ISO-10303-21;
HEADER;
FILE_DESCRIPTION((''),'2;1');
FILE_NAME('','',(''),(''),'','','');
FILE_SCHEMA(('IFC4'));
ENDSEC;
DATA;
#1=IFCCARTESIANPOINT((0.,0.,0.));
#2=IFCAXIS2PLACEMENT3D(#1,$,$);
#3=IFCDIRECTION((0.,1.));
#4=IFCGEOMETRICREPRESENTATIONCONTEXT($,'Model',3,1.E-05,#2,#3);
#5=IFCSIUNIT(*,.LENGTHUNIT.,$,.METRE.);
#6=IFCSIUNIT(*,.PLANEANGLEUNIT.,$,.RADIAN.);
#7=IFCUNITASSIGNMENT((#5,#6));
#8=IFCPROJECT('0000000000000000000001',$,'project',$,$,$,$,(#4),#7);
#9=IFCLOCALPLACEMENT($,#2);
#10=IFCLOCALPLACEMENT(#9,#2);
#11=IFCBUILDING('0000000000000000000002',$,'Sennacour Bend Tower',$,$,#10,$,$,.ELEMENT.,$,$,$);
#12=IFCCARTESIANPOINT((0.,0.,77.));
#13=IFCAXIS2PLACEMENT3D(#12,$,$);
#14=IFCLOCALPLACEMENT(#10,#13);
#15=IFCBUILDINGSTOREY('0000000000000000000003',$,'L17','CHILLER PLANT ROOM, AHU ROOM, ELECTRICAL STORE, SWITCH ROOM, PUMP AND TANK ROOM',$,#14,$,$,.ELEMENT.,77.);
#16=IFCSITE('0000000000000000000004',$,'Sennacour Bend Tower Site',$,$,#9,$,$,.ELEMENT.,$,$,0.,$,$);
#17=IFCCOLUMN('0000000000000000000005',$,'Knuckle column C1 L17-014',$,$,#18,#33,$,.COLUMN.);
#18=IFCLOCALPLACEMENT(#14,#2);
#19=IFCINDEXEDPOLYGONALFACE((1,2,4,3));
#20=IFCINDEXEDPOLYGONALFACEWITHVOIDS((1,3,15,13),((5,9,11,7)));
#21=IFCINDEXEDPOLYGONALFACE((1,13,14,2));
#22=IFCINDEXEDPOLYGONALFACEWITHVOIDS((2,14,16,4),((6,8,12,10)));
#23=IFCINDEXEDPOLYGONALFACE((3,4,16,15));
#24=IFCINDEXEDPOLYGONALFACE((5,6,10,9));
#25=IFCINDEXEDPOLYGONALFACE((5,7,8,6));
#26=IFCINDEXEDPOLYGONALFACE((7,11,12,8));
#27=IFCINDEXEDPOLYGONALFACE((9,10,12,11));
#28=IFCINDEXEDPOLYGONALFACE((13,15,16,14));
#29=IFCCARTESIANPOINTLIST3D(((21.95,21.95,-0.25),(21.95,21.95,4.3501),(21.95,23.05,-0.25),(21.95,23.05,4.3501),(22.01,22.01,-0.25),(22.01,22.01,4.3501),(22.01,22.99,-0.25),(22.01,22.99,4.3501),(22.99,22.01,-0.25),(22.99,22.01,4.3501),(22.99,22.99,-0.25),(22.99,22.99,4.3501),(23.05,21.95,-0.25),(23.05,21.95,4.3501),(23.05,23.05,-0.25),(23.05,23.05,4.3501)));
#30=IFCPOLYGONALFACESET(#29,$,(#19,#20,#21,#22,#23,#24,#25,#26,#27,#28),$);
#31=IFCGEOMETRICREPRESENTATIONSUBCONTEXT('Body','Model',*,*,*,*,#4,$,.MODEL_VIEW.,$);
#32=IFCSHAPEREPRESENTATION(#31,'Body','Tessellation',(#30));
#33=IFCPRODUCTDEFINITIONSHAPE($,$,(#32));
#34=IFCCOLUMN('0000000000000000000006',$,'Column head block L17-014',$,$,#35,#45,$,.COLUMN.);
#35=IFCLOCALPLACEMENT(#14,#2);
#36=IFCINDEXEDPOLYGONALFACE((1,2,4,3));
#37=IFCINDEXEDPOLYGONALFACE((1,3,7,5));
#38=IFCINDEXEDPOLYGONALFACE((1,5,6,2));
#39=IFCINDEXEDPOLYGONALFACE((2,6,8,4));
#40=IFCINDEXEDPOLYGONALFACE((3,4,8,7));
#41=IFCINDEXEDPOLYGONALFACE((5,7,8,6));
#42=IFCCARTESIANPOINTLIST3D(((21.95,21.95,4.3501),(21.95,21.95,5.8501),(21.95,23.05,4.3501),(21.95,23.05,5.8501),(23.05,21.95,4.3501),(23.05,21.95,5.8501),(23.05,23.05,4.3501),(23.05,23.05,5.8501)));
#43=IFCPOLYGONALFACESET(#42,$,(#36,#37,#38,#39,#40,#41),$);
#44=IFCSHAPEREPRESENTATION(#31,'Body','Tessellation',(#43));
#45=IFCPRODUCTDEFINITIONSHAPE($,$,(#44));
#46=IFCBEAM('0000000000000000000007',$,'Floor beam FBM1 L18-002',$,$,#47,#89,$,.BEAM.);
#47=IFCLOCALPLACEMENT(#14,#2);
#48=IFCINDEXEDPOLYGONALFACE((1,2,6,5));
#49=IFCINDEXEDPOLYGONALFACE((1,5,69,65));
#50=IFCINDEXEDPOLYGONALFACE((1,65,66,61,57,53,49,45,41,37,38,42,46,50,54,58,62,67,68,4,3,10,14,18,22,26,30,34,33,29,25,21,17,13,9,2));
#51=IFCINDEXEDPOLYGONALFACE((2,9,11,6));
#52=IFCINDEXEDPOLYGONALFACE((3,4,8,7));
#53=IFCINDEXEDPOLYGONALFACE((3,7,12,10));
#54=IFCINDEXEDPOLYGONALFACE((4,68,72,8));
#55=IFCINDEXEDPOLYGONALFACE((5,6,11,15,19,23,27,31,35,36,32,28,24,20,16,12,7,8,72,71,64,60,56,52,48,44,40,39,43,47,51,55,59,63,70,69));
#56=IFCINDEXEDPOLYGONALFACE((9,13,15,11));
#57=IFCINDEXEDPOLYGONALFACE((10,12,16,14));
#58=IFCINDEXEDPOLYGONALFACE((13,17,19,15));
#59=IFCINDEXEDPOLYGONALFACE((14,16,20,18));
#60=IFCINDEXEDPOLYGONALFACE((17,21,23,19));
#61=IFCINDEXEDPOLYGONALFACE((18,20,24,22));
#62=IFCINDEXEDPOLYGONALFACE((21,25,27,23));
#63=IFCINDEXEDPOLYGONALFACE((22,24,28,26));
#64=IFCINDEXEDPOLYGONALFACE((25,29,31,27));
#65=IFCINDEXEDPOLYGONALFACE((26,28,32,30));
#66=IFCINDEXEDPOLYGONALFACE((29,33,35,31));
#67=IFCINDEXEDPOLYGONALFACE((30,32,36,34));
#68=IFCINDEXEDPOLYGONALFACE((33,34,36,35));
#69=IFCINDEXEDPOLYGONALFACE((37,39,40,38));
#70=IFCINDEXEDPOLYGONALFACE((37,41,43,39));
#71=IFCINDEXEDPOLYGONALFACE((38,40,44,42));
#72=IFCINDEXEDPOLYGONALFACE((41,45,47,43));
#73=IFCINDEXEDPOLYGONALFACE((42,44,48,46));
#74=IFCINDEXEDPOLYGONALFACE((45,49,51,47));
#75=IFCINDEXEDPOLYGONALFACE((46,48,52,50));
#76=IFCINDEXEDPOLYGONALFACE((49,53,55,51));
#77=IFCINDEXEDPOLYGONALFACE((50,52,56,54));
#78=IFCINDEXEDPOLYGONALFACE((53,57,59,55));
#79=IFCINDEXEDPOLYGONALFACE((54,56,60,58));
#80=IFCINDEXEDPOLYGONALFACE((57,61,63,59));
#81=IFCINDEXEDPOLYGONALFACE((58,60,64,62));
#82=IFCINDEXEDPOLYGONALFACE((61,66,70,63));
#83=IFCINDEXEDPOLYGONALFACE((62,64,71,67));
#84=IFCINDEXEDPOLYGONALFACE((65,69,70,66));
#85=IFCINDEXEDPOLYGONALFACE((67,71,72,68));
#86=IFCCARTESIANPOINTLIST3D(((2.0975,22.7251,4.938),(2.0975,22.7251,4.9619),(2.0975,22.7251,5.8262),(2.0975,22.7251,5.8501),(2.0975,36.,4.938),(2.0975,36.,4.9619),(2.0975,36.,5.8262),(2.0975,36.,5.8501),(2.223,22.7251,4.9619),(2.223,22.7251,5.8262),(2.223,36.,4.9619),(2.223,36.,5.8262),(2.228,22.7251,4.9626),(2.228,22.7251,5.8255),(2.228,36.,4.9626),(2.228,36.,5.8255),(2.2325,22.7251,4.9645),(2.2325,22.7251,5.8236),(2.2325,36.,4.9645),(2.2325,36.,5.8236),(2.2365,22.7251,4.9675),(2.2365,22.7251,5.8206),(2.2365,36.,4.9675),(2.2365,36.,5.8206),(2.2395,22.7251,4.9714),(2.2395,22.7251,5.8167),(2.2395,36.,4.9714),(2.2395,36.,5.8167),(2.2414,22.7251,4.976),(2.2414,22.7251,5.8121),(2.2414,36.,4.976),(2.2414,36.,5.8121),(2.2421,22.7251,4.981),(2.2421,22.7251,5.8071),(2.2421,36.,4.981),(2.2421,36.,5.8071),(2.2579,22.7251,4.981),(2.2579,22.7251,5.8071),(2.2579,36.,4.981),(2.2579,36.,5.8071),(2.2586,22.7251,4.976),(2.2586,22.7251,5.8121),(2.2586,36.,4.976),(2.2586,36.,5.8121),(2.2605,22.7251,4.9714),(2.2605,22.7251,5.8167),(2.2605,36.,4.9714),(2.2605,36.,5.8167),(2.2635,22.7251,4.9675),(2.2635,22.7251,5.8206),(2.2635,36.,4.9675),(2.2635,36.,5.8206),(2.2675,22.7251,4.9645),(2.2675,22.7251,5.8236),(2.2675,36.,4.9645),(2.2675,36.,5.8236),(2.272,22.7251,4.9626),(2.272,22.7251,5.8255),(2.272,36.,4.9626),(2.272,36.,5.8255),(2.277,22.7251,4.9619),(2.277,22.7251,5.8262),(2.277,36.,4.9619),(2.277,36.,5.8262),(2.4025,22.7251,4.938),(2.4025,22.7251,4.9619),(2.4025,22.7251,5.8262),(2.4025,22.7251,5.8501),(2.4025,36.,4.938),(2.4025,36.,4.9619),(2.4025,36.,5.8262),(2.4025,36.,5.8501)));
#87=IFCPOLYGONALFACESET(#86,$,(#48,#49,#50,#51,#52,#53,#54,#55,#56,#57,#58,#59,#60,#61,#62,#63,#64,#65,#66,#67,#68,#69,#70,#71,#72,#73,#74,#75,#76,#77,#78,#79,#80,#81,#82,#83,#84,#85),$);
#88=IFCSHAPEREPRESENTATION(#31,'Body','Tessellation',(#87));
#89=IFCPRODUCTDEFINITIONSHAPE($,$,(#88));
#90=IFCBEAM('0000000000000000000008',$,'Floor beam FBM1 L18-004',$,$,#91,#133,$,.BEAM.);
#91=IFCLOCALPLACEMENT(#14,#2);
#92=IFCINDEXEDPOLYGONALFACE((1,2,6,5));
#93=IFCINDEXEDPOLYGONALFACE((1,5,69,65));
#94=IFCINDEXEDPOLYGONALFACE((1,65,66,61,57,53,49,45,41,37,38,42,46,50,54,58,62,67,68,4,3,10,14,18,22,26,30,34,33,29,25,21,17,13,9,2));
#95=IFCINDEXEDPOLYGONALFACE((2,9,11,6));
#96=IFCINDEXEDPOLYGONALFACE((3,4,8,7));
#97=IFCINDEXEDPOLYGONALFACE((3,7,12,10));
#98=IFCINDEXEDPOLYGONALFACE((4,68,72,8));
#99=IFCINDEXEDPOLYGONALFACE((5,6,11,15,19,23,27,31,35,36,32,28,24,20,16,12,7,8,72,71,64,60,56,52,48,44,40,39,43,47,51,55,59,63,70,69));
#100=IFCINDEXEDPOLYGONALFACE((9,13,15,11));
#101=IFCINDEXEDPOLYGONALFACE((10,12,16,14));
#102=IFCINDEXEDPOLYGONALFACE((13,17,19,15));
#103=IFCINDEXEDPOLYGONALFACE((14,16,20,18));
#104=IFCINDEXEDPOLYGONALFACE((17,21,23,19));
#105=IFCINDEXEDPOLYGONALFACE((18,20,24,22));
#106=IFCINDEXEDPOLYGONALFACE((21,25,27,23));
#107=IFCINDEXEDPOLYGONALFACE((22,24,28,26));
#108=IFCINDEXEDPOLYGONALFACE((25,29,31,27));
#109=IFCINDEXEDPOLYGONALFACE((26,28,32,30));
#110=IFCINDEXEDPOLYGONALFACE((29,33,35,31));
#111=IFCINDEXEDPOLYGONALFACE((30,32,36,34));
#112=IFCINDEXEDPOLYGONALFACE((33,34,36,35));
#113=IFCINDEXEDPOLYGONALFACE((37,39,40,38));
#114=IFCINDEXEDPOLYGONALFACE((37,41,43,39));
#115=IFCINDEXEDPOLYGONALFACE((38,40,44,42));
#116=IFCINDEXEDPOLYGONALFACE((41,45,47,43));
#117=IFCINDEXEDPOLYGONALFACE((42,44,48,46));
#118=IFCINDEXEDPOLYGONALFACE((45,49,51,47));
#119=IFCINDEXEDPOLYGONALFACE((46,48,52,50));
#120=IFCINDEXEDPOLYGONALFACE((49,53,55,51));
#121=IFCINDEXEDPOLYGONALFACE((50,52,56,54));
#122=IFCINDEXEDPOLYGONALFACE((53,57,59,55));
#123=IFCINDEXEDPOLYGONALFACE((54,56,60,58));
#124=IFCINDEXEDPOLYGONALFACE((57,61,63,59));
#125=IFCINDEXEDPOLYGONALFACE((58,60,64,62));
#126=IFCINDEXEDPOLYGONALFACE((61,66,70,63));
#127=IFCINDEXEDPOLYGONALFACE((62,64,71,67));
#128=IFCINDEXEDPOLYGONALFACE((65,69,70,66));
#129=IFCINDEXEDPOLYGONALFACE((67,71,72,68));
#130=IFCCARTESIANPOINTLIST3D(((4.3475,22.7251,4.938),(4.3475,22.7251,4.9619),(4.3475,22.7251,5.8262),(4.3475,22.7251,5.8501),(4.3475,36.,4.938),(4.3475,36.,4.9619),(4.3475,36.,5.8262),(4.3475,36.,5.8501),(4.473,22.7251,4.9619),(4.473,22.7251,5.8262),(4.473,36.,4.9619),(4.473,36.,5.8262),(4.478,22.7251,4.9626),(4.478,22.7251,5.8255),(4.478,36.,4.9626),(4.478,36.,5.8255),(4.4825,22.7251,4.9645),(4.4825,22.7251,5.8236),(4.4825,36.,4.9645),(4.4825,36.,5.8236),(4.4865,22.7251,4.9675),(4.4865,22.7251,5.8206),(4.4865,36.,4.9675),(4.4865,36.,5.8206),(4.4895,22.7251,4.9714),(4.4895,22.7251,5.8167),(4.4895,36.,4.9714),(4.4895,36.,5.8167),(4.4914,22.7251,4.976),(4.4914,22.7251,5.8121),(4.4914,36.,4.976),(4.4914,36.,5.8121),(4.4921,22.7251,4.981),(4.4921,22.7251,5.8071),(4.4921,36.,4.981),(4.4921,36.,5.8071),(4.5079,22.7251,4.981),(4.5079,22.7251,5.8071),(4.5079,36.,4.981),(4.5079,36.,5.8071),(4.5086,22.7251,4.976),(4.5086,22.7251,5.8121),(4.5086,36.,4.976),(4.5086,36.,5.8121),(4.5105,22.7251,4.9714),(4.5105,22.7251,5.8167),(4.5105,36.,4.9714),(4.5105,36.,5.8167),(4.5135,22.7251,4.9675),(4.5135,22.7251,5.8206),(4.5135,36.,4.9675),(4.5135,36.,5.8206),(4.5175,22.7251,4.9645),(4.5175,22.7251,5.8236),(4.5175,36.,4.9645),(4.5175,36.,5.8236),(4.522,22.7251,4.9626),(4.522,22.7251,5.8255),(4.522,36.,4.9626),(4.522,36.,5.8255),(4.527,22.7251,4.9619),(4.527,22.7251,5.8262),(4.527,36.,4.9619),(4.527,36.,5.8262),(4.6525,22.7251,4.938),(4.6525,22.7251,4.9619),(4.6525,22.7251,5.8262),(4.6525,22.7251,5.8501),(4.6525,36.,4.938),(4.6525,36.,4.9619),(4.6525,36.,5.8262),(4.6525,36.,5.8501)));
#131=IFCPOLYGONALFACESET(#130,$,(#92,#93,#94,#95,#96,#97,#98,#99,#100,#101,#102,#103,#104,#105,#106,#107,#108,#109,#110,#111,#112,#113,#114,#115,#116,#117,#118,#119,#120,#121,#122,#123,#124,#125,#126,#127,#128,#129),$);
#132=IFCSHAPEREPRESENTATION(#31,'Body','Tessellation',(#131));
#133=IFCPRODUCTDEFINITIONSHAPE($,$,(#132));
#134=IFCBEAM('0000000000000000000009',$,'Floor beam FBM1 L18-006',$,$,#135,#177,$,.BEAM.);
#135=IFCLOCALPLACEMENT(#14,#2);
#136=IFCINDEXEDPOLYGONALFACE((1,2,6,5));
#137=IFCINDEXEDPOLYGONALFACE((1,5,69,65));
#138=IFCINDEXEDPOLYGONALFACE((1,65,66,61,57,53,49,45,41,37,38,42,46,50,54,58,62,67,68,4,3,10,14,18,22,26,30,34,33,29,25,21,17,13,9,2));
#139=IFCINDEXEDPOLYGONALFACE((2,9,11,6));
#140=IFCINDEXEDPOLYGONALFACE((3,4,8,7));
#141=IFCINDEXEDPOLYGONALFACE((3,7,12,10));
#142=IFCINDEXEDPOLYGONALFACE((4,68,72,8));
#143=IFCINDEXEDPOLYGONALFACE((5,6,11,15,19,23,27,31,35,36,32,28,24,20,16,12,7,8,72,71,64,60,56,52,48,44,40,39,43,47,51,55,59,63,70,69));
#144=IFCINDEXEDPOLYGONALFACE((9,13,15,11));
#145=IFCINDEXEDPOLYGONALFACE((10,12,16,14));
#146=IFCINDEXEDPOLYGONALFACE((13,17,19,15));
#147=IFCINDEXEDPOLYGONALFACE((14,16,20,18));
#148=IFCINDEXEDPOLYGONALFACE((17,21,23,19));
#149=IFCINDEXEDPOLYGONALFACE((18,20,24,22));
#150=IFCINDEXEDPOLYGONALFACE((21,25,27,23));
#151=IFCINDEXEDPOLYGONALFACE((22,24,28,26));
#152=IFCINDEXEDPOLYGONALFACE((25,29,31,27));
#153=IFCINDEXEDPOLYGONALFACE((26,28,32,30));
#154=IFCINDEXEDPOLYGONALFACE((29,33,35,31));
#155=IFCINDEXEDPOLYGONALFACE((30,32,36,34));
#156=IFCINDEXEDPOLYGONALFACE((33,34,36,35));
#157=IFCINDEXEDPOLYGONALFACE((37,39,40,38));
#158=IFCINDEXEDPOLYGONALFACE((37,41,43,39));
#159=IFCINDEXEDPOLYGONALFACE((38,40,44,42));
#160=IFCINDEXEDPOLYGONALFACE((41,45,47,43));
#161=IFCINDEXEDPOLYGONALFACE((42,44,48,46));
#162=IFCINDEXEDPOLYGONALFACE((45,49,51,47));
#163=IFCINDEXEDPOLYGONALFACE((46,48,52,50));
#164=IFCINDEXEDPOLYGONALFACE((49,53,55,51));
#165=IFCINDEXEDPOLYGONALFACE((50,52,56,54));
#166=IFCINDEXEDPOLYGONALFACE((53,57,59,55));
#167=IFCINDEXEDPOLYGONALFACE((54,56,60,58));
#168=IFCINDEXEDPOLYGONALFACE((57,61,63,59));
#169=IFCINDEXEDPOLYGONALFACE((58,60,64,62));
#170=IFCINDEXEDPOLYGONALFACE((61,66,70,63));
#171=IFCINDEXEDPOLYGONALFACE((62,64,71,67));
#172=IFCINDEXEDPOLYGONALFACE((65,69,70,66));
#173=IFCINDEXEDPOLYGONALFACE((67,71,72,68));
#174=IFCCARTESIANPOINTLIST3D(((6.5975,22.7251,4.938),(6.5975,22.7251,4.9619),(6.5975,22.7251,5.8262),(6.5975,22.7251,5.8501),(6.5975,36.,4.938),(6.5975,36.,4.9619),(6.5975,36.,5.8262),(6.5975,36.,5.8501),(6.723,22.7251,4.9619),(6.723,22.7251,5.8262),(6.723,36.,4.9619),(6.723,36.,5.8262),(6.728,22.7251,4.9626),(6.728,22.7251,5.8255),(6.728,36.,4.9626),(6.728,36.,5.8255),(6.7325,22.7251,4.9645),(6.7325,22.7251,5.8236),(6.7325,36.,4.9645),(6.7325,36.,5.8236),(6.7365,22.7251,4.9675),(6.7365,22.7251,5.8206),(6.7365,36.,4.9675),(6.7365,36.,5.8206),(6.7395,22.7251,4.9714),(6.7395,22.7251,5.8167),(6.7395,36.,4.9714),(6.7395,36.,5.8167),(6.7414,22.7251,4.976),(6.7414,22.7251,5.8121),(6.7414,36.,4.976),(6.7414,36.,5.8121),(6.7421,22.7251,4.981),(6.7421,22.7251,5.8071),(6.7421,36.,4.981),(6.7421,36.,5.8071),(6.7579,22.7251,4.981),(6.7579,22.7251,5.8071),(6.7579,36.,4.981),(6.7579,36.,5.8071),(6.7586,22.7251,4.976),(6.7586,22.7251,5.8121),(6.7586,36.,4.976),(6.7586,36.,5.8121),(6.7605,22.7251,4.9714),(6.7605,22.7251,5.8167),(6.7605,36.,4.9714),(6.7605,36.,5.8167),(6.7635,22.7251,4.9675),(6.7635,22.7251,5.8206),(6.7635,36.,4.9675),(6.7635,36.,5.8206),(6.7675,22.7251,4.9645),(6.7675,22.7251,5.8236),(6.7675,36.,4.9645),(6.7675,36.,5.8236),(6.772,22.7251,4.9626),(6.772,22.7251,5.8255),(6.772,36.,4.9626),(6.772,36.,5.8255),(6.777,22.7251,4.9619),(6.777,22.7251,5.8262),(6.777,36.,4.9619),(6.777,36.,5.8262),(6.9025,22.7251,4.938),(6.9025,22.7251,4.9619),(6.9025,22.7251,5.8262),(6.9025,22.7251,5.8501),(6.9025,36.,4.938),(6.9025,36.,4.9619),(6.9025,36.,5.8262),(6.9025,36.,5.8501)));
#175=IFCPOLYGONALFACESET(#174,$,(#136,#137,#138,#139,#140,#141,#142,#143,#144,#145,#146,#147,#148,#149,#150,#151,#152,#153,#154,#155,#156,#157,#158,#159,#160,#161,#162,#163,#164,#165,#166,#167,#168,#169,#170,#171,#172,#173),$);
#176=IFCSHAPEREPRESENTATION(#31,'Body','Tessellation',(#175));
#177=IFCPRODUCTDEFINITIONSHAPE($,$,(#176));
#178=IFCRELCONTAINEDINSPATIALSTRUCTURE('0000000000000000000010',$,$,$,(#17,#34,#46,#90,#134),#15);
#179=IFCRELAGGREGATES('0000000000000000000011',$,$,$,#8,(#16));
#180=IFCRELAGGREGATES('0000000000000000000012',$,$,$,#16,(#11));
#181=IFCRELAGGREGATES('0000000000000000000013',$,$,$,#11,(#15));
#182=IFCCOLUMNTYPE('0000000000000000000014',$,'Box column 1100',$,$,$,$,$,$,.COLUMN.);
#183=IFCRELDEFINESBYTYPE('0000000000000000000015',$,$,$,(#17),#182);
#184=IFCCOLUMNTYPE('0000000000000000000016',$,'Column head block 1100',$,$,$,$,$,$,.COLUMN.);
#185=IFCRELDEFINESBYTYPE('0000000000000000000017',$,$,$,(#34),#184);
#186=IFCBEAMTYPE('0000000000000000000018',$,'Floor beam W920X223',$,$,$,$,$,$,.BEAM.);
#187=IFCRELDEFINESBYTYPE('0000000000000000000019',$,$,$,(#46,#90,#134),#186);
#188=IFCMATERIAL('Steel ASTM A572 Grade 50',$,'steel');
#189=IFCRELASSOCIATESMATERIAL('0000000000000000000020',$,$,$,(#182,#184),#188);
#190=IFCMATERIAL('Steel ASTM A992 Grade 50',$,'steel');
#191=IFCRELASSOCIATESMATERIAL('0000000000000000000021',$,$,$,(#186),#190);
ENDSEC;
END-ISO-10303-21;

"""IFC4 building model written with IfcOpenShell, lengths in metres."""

from ifc_helpers import new_model, si_unit, direction, frame, origin, origin_2d, place, context, subcontext, project, spatial, rectangle, hollow_rectangle, i_section, extrude, material, material_profile, profile_set, type_object, element, save


model = new_model("IFC4")

# Units and contexts
model_context = context("Model", 3, precision=1e-05, world=origin(), true_north=direction((0.0, 1.0)))
body_context = subcontext(model_context, "Body", "Model", "MODEL_VIEW")
ifc_project = project(units=[si_unit("LENGTHUNIT", "METRE"), si_unit("PLANEANGLEUNIT", "RADIAN")], contexts=[model_context])

# Site, building, storey
site_placement = place(None, origin())
site = spatial("IfcSite", under=ifc_project, at=site_placement, Name="Sennacour Bend Tower Site", CompositionType="ELEMENT", RefElevation=0.0)
building_placement = place(site_placement, origin())
building = spatial("IfcBuilding", under=site, at=building_placement, Name="Sennacour Bend Tower", CompositionType="ELEMENT")
storey_placement = place(building_placement, frame((0.0, 0.0, 77.0)))
storey = spatial("IfcBuildingStorey", under=building, at=storey_placement, Name="L17", Description="CHILLER PLANT ROOM, AHU ROOM, ELECTRICAL STORE, SWITCH ROOM, PUMP AND TANK ROOM", CompositionType="ELEMENT", Elevation=77.0)

# Columns
ifc_material_1 = material(Name="Steel ASTM A572 Grade 50", Category="steel")
ifc_material_profile_1 = material_profile(ifc_material_1, hollow_rectangle(XDim=1.1001, YDim=1.1001, WallThickness=0.0601, at=origin_2d()), Name="Steel ASTM A572 Grade 50", Category="steel")
ifc_profile_set_1 = profile_set([ifc_material_profile_1], Name="Steel ASTM A572 Grade 50")
column_type_1 = type_object("IfcColumnType", Name="Box column 1100", PredefinedType="COLUMN", material=ifc_profile_set_1)
column_1_placement = place(storey_placement, frame((22.5, 22.5, -0.25), z_axis=(0.0, 0.0, 1.0), x_axis=(1.0, 0.0, 0.0)))
element("IfcColumn", 1, at=column_1_placement, inside=storey, type_object=column_type_1, Name="Knuckle column C1 L17-014", PredefinedType="COLUMN", context=body_context, shape_type="SweptSolid", body=[
    extrude(hollow_rectangle(XDim=1.1001, YDim=1.1001, WallThickness=0.0601, at=origin_2d()), origin(), (0.0, 0.0, 1.0), 4.6001),
])
ifc_material_profile_2 = material_profile(ifc_material_1, rectangle(XDim=1.1001, YDim=1.1001, at=origin_2d()), Name="Steel ASTM A572 Grade 50", Category="steel")
ifc_profile_set_2 = profile_set([ifc_material_profile_2], Name="Steel ASTM A572 Grade 50")
column_type_2 = type_object("IfcColumnType", Name="Column head block 1100", PredefinedType="COLUMN", material=ifc_profile_set_2)
column_2_placement = place(storey_placement, frame((22.5, 22.5, 4.3501), z_axis=(0.0, 0.0, 1.0), x_axis=(1.0, 0.0, 0.0)))
element("IfcColumn", 2, at=column_2_placement, inside=storey, type_object=column_type_2, Name="Column head block L17-014", PredefinedType="COLUMN", context=body_context, shape_type="SweptSolid", body=[
    extrude(rectangle(XDim=1.1001, YDim=1.1001, at=origin_2d()), origin(), (0.0, 0.0, 1.0), 1.5),
])

# Beams
ifc_material_2 = material(Name="Steel ASTM A992 Grade 50", Category="steel")
ifc_material_profile_3 = material_profile(ifc_material_2, i_section(OverallWidth=0.3049, OverallDepth=0.9121, WebThickness=0.0159, FlangeThickness=0.0239, FilletRadius=0.019, at=origin_2d()), Name="Steel ASTM A992 Grade 50", Category="steel")
ifc_profile_set_3 = profile_set([ifc_material_profile_3], Name="Steel ASTM A992 Grade 50")
beam_type_1 = type_object("IfcBeamType", Name="Floor beam W920X223", PredefinedType="BEAM", material=ifc_profile_set_3)
for number, where, z_axis, x_axis, name in (
    (3, (2.25, 22.7251, 5.394), (0.0, 1.0, 0.0), (-1.0, 0.0, 0.0), "Floor beam FBM1 L18-002"),
    (4, (4.5, 22.7251, 5.394), (0.0, 1.0, 0.0), (-1.0, 0.0, 0.0), "Floor beam FBM1 L18-004"),
    (5, (6.75, 22.7251, 5.394), (0.0, 1.0, 0.0), (-1.0, 0.0, 0.0), "Floor beam FBM1 L18-006"),
):
    element("IfcBeam", number, at=place(storey_placement, frame(where, z_axis=z_axis, x_axis=x_axis)), inside=storey, type_object=beam_type_1, Name=name, PredefinedType="BEAM", context=body_context, shape_type="SweptSolid", body=[
        extrude(i_section(OverallWidth=0.3049, OverallDepth=0.9121, WebThickness=0.0159, FlangeThickness=0.0239, FilletRadius=0.019, at=origin_2d()), origin(), (0.0, 0.0, 1.0), 13.2749),
    ])

save(model, "model.ifc")
